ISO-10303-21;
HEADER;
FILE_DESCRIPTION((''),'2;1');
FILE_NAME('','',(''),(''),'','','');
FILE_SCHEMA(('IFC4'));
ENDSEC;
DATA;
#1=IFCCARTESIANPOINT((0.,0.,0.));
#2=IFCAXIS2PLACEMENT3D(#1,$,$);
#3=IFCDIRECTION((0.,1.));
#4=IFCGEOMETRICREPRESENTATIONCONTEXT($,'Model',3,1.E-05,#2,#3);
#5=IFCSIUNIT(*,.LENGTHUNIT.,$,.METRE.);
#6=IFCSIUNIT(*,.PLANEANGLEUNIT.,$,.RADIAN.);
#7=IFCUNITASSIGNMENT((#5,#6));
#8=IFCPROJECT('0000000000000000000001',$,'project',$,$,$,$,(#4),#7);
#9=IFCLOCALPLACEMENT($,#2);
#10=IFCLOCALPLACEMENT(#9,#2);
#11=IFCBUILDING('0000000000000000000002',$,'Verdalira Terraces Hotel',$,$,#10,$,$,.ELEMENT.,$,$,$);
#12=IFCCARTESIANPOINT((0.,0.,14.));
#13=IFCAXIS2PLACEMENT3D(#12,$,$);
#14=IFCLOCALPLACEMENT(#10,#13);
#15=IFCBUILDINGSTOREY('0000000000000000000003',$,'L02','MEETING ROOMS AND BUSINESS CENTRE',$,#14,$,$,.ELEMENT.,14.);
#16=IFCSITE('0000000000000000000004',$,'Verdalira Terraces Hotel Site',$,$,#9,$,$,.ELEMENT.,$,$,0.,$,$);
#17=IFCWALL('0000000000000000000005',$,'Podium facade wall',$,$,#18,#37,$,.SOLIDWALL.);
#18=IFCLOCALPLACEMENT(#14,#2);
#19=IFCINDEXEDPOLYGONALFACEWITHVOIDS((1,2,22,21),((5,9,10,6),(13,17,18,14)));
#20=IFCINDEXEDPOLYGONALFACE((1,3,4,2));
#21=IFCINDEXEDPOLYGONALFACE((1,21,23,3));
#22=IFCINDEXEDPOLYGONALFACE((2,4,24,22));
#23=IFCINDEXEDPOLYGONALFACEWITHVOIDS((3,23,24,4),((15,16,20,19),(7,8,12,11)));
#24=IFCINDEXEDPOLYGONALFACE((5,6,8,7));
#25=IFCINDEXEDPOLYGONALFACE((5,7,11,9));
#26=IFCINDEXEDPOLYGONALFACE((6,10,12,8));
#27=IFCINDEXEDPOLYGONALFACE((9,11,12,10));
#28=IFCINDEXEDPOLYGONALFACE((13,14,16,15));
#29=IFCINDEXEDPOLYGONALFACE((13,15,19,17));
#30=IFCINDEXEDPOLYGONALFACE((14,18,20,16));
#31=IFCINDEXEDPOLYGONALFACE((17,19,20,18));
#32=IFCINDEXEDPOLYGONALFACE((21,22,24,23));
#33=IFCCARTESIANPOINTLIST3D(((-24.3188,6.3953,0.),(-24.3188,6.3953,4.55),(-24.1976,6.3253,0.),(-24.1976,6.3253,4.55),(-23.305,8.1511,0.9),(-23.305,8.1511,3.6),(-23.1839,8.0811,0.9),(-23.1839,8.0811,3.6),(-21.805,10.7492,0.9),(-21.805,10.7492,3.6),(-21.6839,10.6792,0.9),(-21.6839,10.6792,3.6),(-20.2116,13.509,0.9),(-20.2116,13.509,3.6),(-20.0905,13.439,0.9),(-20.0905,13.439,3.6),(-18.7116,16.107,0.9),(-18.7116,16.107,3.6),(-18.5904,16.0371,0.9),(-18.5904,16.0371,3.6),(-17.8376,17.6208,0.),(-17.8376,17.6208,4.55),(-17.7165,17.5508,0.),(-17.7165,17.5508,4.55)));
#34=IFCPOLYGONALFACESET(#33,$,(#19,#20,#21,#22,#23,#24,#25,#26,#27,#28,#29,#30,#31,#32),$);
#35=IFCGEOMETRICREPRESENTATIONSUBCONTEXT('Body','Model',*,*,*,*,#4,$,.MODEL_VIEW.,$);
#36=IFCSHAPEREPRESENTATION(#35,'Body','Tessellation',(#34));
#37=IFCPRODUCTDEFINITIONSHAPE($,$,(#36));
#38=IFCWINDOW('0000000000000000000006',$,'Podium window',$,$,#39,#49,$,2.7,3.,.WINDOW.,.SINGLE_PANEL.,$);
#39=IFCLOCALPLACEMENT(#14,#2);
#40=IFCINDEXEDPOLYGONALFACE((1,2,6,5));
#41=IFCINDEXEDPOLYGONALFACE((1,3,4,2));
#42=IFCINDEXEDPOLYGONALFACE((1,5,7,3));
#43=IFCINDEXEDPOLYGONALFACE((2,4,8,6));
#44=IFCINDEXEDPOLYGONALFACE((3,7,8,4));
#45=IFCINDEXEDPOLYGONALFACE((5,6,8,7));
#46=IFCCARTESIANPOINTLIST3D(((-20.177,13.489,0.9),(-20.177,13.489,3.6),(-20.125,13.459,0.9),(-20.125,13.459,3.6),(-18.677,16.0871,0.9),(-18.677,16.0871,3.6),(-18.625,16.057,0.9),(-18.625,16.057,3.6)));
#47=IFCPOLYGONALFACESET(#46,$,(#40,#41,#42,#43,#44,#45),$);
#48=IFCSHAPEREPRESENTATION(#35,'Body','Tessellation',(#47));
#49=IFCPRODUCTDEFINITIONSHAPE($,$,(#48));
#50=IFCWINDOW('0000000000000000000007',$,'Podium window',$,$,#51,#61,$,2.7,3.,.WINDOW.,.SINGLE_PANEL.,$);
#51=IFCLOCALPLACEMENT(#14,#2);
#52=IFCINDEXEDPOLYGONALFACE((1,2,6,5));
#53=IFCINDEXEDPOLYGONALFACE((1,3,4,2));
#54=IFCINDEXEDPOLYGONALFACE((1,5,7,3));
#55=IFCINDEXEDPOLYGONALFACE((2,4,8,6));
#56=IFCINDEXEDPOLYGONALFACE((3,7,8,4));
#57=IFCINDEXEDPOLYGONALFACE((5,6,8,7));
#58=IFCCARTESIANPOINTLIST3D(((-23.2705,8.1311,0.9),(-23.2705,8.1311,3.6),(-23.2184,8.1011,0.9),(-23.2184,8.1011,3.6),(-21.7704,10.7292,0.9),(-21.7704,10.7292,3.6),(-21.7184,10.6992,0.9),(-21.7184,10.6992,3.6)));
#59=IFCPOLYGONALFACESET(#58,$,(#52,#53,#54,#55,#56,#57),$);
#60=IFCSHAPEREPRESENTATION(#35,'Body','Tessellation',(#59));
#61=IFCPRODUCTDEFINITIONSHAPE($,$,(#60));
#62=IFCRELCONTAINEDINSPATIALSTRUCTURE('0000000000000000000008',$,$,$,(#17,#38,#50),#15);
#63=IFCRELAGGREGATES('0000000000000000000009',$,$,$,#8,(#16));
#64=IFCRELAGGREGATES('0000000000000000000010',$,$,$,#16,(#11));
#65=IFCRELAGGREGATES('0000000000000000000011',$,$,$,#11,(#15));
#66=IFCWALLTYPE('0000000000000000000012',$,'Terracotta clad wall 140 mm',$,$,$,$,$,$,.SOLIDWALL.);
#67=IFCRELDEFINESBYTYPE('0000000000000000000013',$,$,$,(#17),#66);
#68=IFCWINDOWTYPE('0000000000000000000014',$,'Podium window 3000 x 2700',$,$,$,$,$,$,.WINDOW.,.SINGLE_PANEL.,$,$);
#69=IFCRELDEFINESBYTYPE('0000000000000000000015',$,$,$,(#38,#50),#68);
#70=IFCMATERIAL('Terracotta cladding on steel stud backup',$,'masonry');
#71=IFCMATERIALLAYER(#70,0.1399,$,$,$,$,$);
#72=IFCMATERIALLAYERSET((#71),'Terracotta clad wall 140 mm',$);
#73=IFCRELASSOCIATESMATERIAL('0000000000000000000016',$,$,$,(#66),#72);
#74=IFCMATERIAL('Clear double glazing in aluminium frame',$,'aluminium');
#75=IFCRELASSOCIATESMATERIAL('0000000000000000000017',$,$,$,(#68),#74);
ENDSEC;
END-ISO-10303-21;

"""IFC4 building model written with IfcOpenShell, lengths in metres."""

from ifc_helpers import new_model, si_unit, direction, frame, frame_2d, origin, place, context, subcontext, project, spatial, rectangle, extrude, material, layer, layer_set, type_object, element, fill, save


model = new_model("IFC4")

# Units and contexts
model_context = context("Model", 3, precision=1e-05, world=origin(), true_north=direction((0.0, 1.0)))
body_context = subcontext(model_context, "Body", "Model", "MODEL_VIEW")
ifc_project = project(units=[si_unit("LENGTHUNIT", "METRE"), si_unit("PLANEANGLEUNIT", "RADIAN")], contexts=[model_context])

# Site, building, storey
site_placement = place(None, origin())
site = spatial("IfcSite", under=ifc_project, at=site_placement, Name="Verdalira Terraces Hotel Site", CompositionType="ELEMENT", RefElevation=0.0)
building_placement = place(site_placement, origin())
building = spatial("IfcBuilding", under=site, at=building_placement, Name="Verdalira Terraces Hotel", CompositionType="ELEMENT")
storey_placement = place(building_placement, frame((0.0, 0.0, 14.0)))
storey = spatial("IfcBuildingStorey", under=building, at=storey_placement, Name="L02", Description="MEETING ROOMS AND BUSINESS CENTRE", CompositionType="ELEMENT", Elevation=14.0)

# Wall, openings, windows
ifc_material_1 = material(Name="Terracotta cladding on steel stud backup", Category="masonry")
ifc_layer_1 = layer(ifc_material_1, 0.1399)
ifc_layer_set_1 = layer_set([ifc_layer_1], Name="Terracotta clad wall 140 mm")
wall_type_1 = type_object("IfcWallType", Name="Terracotta clad wall 140 mm", PredefinedType="SOLIDWALL", material=ifc_layer_set_1)
wall_1_placement = place(storey_placement, frame((-17.7771, 17.5857, 0.0), z_axis=(0.0, 0.0, 1.0), x_axis=(-0.500006, -0.866022, 0.0)))
wall_1 = element("IfcWall", 1, at=wall_1_placement, inside=storey, type_object=wall_type_1, Name="Podium facade wall", PredefinedType="SOLIDWALL", context=body_context, shape_type="SweptSolid", body=[
    extrude(rectangle(XDim=12.9622, YDim=0.1399, at=frame_2d((6.481, 0.0))), origin(), (0.0, 0.0, 1.0), 4.55),
])
opening_1_placement = place(wall_1_placement, frame((1.7478, 0.0, 0.8999)))
opening_1 = element("IfcOpeningElement", 2, at=opening_1_placement, cuts=wall_1, PredefinedType="OPENING", context=body_context, shape_type="SweptSolid", body=[
    extrude(rectangle(XDim=3.0, YDim=2.7, at=frame_2d((1.5, 1.3501))), frame((0.0, 0.0798, 0.0), z_axis=(0.0, -1.0, 0.0), x_axis=(1.0, 0.0, 0.0)), (0.0, 0.0, 1.0), 0.1599),
])
opening_2_placement = place(wall_1_placement, frame((7.9346, 0.0, 0.8999)))
opening_2 = element("IfcOpeningElement", 3, at=opening_2_placement, cuts=wall_1, PredefinedType="OPENING", context=body_context, shape_type="SweptSolid", body=[
    extrude(rectangle(XDim=3.0, YDim=2.7, at=frame_2d((1.5, 1.3501))), frame((0.0, 0.0798, 0.0), z_axis=(0.0, -1.0, 0.0), x_axis=(1.0, 0.0, 0.0)), (0.0, 0.0, 1.0), 0.1599),
])
ifc_material_2 = material(Name="Clear double glazing in aluminium frame", Category="aluminium")
window_type = type_object("IfcWindowType", Name="Podium window 3000 x 2700", PartitioningType="SINGLE_PANEL", PredefinedType="WINDOW", material=ifc_material_2)
window_1_placement = place(opening_1_placement, origin())
window_1 = element("IfcWindow", 4, at=window_1_placement, inside=storey, type_object=window_type, Name="Podium window", OverallHeight=2.7, OverallWidth=3.0, PartitioningType="SINGLE_PANEL", PredefinedType="WINDOW", context=body_context, shape_type="SweptSolid", body=[
    extrude(rectangle(XDim=3.0, YDim=2.7, at=frame_2d((1.5, 1.3501))), frame((0.0, 0.03, 0.0), z_axis=(0.0, -1.0, 0.0), x_axis=(1.0, 0.0, 0.0)), (0.0, 0.0, 1.0), 0.0601),
])
fill(opening_1, window_1)
window_2_placement = place(opening_2_placement, origin())
window_2 = element("IfcWindow", 5, at=window_2_placement, inside=storey, type_object=window_type, Name="Podium window", OverallHeight=2.7, OverallWidth=3.0, PartitioningType="SINGLE_PANEL", PredefinedType="WINDOW", context=body_context, shape_type="SweptSolid", body=[
    extrude(rectangle(XDim=3.0, YDim=2.7, at=frame_2d((1.5, 1.3501))), frame((0.0, 0.03, 0.0), z_axis=(0.0, -1.0, 0.0), x_axis=(1.0, 0.0, 0.0)), (0.0, 0.0, 1.0), 0.0601),
])
fill(opening_2, window_2)

save(model, "model.ifc")
